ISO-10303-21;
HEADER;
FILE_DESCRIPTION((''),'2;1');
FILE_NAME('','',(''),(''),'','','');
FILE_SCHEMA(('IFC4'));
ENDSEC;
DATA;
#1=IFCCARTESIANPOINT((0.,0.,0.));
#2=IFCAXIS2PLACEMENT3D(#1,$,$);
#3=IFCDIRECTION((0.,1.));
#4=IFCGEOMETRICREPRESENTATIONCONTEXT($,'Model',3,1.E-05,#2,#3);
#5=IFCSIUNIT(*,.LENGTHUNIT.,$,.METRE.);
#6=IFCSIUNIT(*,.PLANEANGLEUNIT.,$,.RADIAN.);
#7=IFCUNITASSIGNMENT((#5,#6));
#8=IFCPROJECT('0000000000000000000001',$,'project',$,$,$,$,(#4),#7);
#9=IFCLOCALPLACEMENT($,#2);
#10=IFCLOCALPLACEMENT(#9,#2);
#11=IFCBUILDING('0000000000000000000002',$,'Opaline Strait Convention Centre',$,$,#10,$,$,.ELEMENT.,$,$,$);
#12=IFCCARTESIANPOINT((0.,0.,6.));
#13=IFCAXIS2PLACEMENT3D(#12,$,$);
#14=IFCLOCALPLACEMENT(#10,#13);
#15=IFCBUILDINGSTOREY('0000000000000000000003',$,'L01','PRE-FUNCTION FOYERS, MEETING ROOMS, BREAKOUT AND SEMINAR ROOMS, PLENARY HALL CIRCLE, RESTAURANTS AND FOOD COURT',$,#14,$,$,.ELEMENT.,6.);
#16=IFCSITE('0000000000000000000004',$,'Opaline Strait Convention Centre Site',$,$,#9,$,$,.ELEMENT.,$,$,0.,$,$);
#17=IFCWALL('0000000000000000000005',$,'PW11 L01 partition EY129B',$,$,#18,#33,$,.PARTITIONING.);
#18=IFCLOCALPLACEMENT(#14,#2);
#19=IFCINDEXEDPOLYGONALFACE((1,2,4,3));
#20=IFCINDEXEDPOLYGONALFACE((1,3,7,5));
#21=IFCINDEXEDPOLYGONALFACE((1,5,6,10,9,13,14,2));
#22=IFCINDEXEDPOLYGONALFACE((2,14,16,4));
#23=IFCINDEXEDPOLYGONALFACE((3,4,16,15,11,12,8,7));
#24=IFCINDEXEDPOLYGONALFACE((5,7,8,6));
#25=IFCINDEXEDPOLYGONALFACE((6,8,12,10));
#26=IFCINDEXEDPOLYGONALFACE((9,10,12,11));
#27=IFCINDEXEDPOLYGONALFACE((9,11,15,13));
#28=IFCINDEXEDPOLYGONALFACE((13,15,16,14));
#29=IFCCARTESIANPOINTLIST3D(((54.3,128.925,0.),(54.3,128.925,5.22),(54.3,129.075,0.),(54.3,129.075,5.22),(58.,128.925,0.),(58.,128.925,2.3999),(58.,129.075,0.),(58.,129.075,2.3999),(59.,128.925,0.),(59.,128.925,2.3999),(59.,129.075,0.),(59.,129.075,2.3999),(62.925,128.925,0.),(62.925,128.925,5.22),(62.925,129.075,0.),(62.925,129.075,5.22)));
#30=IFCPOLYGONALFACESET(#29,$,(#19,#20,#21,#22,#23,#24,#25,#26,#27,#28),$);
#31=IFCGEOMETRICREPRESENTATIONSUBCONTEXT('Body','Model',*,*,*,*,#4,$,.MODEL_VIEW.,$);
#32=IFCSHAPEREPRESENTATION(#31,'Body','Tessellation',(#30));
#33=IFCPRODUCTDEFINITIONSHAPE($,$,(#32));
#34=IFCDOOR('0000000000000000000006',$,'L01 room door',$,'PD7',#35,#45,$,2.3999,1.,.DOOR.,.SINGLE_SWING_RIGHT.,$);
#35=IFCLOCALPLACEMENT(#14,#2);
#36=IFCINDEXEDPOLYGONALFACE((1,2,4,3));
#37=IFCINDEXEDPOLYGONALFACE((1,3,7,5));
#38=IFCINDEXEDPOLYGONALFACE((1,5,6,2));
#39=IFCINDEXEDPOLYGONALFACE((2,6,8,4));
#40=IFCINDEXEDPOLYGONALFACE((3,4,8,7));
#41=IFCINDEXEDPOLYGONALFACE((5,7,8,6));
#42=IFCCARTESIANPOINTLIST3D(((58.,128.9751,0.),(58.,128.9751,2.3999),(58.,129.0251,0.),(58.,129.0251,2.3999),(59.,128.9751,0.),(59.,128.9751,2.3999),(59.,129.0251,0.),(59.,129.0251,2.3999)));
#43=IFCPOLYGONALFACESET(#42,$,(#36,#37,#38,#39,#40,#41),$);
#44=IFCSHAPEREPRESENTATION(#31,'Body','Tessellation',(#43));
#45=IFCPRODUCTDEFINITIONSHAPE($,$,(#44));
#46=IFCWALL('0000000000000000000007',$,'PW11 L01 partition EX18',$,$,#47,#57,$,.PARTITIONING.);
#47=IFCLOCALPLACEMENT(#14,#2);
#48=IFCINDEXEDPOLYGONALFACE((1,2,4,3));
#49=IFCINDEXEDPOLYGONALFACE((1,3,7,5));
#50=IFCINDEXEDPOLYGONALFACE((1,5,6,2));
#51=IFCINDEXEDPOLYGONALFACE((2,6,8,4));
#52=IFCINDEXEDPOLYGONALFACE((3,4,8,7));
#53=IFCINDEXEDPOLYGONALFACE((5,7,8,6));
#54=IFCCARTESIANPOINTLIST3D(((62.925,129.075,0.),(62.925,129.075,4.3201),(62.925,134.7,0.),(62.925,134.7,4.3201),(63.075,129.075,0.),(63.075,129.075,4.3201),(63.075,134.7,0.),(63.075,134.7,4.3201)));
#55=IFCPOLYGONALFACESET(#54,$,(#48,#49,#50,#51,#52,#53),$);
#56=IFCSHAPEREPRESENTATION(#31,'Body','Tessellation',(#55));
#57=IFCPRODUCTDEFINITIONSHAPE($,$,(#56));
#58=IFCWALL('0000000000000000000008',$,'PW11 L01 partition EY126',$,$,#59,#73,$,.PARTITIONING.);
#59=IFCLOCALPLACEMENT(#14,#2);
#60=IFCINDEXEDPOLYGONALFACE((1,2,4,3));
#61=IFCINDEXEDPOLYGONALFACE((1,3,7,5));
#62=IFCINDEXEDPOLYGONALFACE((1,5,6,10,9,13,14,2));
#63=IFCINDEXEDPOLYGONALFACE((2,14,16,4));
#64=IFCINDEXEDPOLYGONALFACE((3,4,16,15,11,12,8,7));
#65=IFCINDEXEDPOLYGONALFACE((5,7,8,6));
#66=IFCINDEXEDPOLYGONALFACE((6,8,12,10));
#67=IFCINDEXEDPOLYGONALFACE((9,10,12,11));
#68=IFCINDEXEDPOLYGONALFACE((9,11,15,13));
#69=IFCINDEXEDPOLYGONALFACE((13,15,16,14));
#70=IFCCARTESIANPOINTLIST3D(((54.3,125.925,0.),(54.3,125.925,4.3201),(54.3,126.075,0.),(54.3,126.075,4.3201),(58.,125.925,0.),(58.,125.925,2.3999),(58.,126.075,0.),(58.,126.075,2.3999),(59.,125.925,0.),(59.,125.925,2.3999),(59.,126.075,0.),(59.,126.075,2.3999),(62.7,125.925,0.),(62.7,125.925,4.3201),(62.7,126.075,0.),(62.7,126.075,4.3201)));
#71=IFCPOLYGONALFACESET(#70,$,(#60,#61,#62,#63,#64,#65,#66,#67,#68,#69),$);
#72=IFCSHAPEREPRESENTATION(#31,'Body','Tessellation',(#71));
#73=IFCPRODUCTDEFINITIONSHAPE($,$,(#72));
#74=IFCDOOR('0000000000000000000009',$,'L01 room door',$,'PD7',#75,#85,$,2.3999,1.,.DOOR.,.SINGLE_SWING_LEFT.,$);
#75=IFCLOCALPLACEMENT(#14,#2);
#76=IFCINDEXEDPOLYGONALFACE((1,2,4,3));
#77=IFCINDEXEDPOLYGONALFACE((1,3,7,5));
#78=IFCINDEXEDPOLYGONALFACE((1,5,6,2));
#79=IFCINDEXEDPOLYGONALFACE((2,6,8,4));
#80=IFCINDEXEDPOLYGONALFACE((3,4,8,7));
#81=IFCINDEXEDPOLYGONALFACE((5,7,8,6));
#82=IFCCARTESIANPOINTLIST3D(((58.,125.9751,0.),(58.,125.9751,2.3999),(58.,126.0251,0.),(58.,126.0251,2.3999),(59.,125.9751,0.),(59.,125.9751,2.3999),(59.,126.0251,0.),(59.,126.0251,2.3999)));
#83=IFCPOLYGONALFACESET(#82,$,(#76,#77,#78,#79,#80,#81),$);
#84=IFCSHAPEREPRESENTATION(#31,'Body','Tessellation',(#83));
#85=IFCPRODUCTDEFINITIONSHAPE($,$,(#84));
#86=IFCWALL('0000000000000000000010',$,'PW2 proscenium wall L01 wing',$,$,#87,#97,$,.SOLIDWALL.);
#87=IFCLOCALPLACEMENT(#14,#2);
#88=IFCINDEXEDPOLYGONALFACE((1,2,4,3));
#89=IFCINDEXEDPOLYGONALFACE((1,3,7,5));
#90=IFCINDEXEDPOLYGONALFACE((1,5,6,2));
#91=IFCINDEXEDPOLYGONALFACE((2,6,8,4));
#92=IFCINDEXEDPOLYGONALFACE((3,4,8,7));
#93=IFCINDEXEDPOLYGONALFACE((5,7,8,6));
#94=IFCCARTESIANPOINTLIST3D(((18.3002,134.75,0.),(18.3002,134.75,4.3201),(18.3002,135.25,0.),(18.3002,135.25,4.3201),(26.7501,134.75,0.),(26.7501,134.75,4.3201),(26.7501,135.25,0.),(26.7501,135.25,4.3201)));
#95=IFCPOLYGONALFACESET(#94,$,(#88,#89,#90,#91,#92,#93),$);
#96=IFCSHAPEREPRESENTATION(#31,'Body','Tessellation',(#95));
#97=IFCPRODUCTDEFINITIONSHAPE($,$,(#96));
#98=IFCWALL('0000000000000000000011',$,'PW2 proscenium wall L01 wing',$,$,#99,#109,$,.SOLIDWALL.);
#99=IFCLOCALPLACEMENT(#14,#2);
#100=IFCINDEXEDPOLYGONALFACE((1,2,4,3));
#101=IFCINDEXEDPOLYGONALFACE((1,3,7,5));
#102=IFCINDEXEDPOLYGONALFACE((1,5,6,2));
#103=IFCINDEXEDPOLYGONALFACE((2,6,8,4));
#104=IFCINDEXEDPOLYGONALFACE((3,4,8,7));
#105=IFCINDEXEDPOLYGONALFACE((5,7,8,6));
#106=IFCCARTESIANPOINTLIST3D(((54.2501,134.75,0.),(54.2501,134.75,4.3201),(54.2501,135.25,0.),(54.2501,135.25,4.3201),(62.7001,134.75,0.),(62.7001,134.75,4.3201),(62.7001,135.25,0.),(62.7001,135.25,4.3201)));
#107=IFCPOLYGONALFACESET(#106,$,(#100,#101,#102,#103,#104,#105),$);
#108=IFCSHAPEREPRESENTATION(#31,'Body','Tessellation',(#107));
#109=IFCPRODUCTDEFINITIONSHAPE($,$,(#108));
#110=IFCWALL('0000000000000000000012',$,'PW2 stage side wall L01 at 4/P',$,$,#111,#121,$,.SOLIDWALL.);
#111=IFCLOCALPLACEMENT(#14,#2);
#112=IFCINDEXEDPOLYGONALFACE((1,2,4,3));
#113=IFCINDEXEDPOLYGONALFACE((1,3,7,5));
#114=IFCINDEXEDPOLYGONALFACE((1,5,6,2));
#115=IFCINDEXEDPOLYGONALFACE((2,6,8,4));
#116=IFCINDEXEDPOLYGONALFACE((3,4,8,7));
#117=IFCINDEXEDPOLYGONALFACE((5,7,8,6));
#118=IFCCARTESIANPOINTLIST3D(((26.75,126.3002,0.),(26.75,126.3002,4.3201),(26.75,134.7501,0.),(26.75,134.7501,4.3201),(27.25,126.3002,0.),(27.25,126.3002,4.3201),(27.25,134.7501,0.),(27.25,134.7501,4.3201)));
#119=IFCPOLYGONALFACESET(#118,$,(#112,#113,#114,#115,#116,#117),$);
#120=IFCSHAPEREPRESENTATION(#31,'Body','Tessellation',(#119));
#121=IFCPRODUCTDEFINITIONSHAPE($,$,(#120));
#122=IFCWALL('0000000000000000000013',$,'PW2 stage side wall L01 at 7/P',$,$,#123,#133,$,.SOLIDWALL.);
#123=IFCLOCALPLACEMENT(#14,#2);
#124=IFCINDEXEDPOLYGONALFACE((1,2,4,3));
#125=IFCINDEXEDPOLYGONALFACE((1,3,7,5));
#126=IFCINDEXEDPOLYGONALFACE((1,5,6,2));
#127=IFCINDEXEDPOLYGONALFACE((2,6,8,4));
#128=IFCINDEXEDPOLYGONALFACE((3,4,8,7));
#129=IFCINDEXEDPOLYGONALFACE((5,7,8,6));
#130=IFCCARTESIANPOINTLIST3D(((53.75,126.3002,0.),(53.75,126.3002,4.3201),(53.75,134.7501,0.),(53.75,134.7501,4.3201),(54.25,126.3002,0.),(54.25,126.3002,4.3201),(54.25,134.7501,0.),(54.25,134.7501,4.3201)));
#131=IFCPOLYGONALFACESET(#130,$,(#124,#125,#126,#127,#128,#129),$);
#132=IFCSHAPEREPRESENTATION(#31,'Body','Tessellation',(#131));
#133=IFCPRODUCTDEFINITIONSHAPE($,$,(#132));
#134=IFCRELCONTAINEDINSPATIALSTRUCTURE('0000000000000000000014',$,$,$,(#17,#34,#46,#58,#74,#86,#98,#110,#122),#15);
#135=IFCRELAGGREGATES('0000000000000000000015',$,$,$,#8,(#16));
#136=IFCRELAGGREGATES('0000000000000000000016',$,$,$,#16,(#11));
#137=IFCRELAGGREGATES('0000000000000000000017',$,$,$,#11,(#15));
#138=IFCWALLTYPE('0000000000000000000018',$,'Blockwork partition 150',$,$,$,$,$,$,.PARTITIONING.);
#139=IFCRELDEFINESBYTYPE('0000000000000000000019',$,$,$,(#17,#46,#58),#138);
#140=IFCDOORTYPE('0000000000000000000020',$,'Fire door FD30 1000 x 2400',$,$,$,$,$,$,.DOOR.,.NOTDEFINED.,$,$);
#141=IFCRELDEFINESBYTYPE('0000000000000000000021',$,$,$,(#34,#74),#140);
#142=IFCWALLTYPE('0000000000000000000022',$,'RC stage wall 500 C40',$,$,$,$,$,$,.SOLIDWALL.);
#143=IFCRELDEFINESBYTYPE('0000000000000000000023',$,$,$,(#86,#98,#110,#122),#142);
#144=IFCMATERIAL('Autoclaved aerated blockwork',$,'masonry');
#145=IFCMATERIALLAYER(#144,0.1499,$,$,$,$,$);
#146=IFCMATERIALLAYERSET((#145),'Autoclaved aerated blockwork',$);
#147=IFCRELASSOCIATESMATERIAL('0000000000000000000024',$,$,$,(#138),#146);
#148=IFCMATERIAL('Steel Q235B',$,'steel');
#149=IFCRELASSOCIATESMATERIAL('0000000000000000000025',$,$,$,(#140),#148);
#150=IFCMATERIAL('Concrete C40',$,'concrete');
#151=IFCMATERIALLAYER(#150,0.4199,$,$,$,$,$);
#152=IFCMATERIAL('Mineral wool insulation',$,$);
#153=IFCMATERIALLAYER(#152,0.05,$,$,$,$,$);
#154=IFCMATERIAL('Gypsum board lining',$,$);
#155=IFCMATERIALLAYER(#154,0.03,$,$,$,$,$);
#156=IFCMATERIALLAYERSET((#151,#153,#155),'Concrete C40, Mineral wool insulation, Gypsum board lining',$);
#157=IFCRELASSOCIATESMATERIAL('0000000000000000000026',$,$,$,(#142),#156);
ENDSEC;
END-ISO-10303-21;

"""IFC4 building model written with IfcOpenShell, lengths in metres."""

from ifc_helpers import new_model, si_unit, direction, frame, frame_2d, origin, place, context, subcontext, project, spatial, rectangle, extrude, material, layer, layer_set, type_object, element, fill, save


model = new_model("IFC4")

# Units and contexts
model_context = context("Model", 3, precision=1e-05, world=origin(), true_north=direction((0.0, 1.0)))
body_context = subcontext(model_context, "Body", "Model", "MODEL_VIEW")
ifc_project = project(units=[si_unit("LENGTHUNIT", "METRE"), si_unit("PLANEANGLEUNIT", "RADIAN")], contexts=[model_context])

# Site, building, storey
site_placement = place(None, origin())
site = spatial("IfcSite", under=ifc_project, at=site_placement, Name="Opaline Strait Convention Centre Site", CompositionType="ELEMENT", RefElevation=0.0)
building_placement = place(site_placement, origin())
building = spatial("IfcBuilding", under=site, at=building_placement, Name="Opaline Strait Convention Centre", CompositionType="ELEMENT")
storey_placement = place(building_placement, frame((0.0, 0.0, 6.0)))
storey = spatial("IfcBuildingStorey", under=building, at=storey_placement, Name="L01", Description="PRE-FUNCTION FOYERS, MEETING ROOMS, BREAKOUT AND SEMINAR ROOMS, PLENARY HALL CIRCLE, RESTAURANTS AND FOOD COURT", CompositionType="ELEMENT", Elevation=6.0)

# Shared definitions
ifc_material_1 = material(Name="Concrete C40", Category="concrete")

# Wall, opening, door
ifc_material_2 = material(Name="Autoclaved aerated blockwork", Category="masonry")
ifc_layer_1 = layer(ifc_material_2, 0.1499)
ifc_layer_set_1 = layer_set([ifc_layer_1], Name="Autoclaved aerated blockwork")
wall_type_1 = type_object("IfcWallType", Name="Blockwork partition 150", PredefinedType="PARTITIONING", material=ifc_layer_set_1)
wall_1_placement = place(storey_placement, frame((62.925, 129.0, 0.0), z_axis=(0.0, 0.0, 1.0), x_axis=(-1.0, 0.0, 0.0)))
wall_1 = element("IfcWall", 1, at=wall_1_placement, inside=storey, type_object=wall_type_1, Name="PW11 L01 partition EY129B", PredefinedType="PARTITIONING", context=body_context, shape_type="SweptSolid", body=[
    extrude(rectangle(XDim=8.625, YDim=0.1499, at=frame_2d((4.3125, 0.0))), origin(), (0.0, 0.0, 1.0), 5.22),
])
opening_1_placement = place(wall_1_placement, frame((3.925, 0.0, 0.0)))
opening_1 = element("IfcOpeningElement", 2, at=opening_1_placement, cuts=wall_1, PredefinedType="OPENING", context=body_context, shape_type="SweptSolid", body=[
    extrude(rectangle(XDim=1.0, YDim=2.3999, at=frame_2d((0.5, 1.2))), frame((0.0, 0.085, 0.0), z_axis=(0.0, -1.0, 0.0), x_axis=(1.0, 0.0, 0.0)), (0.0, 0.0, 1.0), 0.1699),
])
ifc_material_3 = material(Name="Steel Q235B", Category="steel")
door_type = type_object("IfcDoorType", Name="Fire door FD30 1000 x 2400", OperationType="NOTDEFINED", PredefinedType="DOOR", material=ifc_material_3)
door_1_placement = place(opening_1_placement, origin())
door_1 = element("IfcDoor", 3, at=door_1_placement, inside=storey, type_object=door_type, Name="L01 room door", ObjectType="PD7", OperationType="SINGLE_SWING_RIGHT", OverallHeight=2.3999, OverallWidth=1.0, PredefinedType="DOOR", context=body_context, shape_type="SweptSolid", body=[
    extrude(rectangle(XDim=1.0, YDim=2.3999, at=frame_2d((0.5, 1.2))), frame((0.0, 0.0249, 0.0), z_axis=(0.0, -1.0, 0.0), x_axis=(1.0, 0.0, 0.0)), (0.0, 0.0, 1.0), 0.05),
])
fill(opening_1, door_1)

# Wall
wall_2_placement = place(storey_placement, frame((63.0, 129.075, 0.0), z_axis=(0.0, 0.0, 1.0), x_axis=(0.0, 1.0, 0.0)))
element("IfcWall", 4, at=wall_2_placement, inside=storey, type_object=wall_type_1, Name="PW11 L01 partition EX18", PredefinedType="PARTITIONING", context=body_context, shape_type="SweptSolid", body=[
    extrude(rectangle(XDim=5.625, YDim=0.1499, at=frame_2d((2.8125, 0.0))), origin(), (0.0, 0.0, 1.0), 4.3201),
])

# Wall, opening, door
wall_3_placement = place(storey_placement, frame((62.7, 126.0, 0.0), z_axis=(0.0, 0.0, 1.0), x_axis=(-1.0, 0.0, 0.0)))
wall_3 = element("IfcWall", 5, at=wall_3_placement, inside=storey, type_object=wall_type_1, Name="PW11 L01 partition EY126", PredefinedType="PARTITIONING", context=body_context, shape_type="SweptSolid", body=[
    extrude(rectangle(XDim=8.3999, YDim=0.1499, at=frame_2d((4.2, 0.0))), origin(), (0.0, 0.0, 1.0), 4.3201),
])
opening_2_placement = place(wall_3_placement, frame((3.7, 0.0, 0.0)))
opening_2 = element("IfcOpeningElement", 6, at=opening_2_placement, cuts=wall_3, PredefinedType="OPENING", context=body_context, shape_type="SweptSolid", body=[
    extrude(rectangle(XDim=1.0, YDim=2.3999, at=frame_2d((0.5, 1.2))), frame((0.0, 0.085, 0.0), z_axis=(0.0, -1.0, 0.0), x_axis=(1.0, 0.0, 0.0)), (0.0, 0.0, 1.0), 0.1699),
])
door_2_placement = place(opening_2_placement, origin())
door_2 = element("IfcDoor", 7, at=door_2_placement, inside=storey, type_object=door_type, Name="L01 room door", ObjectType="PD7", OperationType="SINGLE_SWING_LEFT", OverallHeight=2.3999, OverallWidth=1.0, PredefinedType="DOOR", context=body_context, shape_type="SweptSolid", body=[
    extrude(rectangle(XDim=1.0, YDim=2.3999, at=frame_2d((0.5, 1.2))), frame((0.0, 0.0249, 0.0), z_axis=(0.0, -1.0, 0.0), x_axis=(1.0, 0.0, 0.0)), (0.0, 0.0, 1.0), 0.05),
])
fill(opening_2, door_2)

# Walls
ifc_layer_2 = layer(ifc_material_1, 0.4199)
ifc_material_4 = material(Name="Mineral wool insulation")
ifc_layer_3 = layer(ifc_material_4, 0.05)
ifc_material_5 = material(Name="Gypsum board lining")
ifc_layer_4 = layer(ifc_material_5, 0.03)
ifc_layer_set_2 = layer_set([ifc_layer_2, ifc_layer_3, ifc_layer_4], Name="Concrete C40, Mineral wool insulation, Gypsum board lining")
wall_type_2 = type_object("IfcWallType", Name="RC stage wall 500 C40", PredefinedType="SOLIDWALL", material=ifc_layer_set_2)
for number, where, z_axis, x_axis, name in (
    (8, (18.3, 135.0, 0.0), (0.0, 0.0, 1.0), (1.0, 0.0, 0.0), "PW2 proscenium wall L01 wing"),
    (9, (54.25, 135.0, 0.0), (0.0, 0.0, 1.0), (1.0, 0.0, 0.0), "PW2 proscenium wall L01 wing"),
    (10, (27.0, 126.3, 0.0), (0.0, 0.0, 1.0), (0.0, 1.0, 0.0), "PW2 stage side wall L01 at 4/P"),
    (11, (54.0, 126.3, 0.0), (0.0, 0.0, 1.0), (0.0, 1.0, 0.0), "PW2 stage side wall L01 at 7/P"),
):
    element("IfcWall", number, at=place(storey_placement, frame(where, z_axis=z_axis, x_axis=x_axis)), inside=storey, type_object=wall_type_2, Name=name, PredefinedType="SOLIDWALL", context=body_context, shape_type="SweptSolid", body=[
        extrude(rectangle(XDim=8.45, YDim=0.5, at=frame_2d((4.2251, 0.0))), origin(), (0.0, 0.0, 1.0), 4.3201),
    ])

save(model, "model.ifc")
